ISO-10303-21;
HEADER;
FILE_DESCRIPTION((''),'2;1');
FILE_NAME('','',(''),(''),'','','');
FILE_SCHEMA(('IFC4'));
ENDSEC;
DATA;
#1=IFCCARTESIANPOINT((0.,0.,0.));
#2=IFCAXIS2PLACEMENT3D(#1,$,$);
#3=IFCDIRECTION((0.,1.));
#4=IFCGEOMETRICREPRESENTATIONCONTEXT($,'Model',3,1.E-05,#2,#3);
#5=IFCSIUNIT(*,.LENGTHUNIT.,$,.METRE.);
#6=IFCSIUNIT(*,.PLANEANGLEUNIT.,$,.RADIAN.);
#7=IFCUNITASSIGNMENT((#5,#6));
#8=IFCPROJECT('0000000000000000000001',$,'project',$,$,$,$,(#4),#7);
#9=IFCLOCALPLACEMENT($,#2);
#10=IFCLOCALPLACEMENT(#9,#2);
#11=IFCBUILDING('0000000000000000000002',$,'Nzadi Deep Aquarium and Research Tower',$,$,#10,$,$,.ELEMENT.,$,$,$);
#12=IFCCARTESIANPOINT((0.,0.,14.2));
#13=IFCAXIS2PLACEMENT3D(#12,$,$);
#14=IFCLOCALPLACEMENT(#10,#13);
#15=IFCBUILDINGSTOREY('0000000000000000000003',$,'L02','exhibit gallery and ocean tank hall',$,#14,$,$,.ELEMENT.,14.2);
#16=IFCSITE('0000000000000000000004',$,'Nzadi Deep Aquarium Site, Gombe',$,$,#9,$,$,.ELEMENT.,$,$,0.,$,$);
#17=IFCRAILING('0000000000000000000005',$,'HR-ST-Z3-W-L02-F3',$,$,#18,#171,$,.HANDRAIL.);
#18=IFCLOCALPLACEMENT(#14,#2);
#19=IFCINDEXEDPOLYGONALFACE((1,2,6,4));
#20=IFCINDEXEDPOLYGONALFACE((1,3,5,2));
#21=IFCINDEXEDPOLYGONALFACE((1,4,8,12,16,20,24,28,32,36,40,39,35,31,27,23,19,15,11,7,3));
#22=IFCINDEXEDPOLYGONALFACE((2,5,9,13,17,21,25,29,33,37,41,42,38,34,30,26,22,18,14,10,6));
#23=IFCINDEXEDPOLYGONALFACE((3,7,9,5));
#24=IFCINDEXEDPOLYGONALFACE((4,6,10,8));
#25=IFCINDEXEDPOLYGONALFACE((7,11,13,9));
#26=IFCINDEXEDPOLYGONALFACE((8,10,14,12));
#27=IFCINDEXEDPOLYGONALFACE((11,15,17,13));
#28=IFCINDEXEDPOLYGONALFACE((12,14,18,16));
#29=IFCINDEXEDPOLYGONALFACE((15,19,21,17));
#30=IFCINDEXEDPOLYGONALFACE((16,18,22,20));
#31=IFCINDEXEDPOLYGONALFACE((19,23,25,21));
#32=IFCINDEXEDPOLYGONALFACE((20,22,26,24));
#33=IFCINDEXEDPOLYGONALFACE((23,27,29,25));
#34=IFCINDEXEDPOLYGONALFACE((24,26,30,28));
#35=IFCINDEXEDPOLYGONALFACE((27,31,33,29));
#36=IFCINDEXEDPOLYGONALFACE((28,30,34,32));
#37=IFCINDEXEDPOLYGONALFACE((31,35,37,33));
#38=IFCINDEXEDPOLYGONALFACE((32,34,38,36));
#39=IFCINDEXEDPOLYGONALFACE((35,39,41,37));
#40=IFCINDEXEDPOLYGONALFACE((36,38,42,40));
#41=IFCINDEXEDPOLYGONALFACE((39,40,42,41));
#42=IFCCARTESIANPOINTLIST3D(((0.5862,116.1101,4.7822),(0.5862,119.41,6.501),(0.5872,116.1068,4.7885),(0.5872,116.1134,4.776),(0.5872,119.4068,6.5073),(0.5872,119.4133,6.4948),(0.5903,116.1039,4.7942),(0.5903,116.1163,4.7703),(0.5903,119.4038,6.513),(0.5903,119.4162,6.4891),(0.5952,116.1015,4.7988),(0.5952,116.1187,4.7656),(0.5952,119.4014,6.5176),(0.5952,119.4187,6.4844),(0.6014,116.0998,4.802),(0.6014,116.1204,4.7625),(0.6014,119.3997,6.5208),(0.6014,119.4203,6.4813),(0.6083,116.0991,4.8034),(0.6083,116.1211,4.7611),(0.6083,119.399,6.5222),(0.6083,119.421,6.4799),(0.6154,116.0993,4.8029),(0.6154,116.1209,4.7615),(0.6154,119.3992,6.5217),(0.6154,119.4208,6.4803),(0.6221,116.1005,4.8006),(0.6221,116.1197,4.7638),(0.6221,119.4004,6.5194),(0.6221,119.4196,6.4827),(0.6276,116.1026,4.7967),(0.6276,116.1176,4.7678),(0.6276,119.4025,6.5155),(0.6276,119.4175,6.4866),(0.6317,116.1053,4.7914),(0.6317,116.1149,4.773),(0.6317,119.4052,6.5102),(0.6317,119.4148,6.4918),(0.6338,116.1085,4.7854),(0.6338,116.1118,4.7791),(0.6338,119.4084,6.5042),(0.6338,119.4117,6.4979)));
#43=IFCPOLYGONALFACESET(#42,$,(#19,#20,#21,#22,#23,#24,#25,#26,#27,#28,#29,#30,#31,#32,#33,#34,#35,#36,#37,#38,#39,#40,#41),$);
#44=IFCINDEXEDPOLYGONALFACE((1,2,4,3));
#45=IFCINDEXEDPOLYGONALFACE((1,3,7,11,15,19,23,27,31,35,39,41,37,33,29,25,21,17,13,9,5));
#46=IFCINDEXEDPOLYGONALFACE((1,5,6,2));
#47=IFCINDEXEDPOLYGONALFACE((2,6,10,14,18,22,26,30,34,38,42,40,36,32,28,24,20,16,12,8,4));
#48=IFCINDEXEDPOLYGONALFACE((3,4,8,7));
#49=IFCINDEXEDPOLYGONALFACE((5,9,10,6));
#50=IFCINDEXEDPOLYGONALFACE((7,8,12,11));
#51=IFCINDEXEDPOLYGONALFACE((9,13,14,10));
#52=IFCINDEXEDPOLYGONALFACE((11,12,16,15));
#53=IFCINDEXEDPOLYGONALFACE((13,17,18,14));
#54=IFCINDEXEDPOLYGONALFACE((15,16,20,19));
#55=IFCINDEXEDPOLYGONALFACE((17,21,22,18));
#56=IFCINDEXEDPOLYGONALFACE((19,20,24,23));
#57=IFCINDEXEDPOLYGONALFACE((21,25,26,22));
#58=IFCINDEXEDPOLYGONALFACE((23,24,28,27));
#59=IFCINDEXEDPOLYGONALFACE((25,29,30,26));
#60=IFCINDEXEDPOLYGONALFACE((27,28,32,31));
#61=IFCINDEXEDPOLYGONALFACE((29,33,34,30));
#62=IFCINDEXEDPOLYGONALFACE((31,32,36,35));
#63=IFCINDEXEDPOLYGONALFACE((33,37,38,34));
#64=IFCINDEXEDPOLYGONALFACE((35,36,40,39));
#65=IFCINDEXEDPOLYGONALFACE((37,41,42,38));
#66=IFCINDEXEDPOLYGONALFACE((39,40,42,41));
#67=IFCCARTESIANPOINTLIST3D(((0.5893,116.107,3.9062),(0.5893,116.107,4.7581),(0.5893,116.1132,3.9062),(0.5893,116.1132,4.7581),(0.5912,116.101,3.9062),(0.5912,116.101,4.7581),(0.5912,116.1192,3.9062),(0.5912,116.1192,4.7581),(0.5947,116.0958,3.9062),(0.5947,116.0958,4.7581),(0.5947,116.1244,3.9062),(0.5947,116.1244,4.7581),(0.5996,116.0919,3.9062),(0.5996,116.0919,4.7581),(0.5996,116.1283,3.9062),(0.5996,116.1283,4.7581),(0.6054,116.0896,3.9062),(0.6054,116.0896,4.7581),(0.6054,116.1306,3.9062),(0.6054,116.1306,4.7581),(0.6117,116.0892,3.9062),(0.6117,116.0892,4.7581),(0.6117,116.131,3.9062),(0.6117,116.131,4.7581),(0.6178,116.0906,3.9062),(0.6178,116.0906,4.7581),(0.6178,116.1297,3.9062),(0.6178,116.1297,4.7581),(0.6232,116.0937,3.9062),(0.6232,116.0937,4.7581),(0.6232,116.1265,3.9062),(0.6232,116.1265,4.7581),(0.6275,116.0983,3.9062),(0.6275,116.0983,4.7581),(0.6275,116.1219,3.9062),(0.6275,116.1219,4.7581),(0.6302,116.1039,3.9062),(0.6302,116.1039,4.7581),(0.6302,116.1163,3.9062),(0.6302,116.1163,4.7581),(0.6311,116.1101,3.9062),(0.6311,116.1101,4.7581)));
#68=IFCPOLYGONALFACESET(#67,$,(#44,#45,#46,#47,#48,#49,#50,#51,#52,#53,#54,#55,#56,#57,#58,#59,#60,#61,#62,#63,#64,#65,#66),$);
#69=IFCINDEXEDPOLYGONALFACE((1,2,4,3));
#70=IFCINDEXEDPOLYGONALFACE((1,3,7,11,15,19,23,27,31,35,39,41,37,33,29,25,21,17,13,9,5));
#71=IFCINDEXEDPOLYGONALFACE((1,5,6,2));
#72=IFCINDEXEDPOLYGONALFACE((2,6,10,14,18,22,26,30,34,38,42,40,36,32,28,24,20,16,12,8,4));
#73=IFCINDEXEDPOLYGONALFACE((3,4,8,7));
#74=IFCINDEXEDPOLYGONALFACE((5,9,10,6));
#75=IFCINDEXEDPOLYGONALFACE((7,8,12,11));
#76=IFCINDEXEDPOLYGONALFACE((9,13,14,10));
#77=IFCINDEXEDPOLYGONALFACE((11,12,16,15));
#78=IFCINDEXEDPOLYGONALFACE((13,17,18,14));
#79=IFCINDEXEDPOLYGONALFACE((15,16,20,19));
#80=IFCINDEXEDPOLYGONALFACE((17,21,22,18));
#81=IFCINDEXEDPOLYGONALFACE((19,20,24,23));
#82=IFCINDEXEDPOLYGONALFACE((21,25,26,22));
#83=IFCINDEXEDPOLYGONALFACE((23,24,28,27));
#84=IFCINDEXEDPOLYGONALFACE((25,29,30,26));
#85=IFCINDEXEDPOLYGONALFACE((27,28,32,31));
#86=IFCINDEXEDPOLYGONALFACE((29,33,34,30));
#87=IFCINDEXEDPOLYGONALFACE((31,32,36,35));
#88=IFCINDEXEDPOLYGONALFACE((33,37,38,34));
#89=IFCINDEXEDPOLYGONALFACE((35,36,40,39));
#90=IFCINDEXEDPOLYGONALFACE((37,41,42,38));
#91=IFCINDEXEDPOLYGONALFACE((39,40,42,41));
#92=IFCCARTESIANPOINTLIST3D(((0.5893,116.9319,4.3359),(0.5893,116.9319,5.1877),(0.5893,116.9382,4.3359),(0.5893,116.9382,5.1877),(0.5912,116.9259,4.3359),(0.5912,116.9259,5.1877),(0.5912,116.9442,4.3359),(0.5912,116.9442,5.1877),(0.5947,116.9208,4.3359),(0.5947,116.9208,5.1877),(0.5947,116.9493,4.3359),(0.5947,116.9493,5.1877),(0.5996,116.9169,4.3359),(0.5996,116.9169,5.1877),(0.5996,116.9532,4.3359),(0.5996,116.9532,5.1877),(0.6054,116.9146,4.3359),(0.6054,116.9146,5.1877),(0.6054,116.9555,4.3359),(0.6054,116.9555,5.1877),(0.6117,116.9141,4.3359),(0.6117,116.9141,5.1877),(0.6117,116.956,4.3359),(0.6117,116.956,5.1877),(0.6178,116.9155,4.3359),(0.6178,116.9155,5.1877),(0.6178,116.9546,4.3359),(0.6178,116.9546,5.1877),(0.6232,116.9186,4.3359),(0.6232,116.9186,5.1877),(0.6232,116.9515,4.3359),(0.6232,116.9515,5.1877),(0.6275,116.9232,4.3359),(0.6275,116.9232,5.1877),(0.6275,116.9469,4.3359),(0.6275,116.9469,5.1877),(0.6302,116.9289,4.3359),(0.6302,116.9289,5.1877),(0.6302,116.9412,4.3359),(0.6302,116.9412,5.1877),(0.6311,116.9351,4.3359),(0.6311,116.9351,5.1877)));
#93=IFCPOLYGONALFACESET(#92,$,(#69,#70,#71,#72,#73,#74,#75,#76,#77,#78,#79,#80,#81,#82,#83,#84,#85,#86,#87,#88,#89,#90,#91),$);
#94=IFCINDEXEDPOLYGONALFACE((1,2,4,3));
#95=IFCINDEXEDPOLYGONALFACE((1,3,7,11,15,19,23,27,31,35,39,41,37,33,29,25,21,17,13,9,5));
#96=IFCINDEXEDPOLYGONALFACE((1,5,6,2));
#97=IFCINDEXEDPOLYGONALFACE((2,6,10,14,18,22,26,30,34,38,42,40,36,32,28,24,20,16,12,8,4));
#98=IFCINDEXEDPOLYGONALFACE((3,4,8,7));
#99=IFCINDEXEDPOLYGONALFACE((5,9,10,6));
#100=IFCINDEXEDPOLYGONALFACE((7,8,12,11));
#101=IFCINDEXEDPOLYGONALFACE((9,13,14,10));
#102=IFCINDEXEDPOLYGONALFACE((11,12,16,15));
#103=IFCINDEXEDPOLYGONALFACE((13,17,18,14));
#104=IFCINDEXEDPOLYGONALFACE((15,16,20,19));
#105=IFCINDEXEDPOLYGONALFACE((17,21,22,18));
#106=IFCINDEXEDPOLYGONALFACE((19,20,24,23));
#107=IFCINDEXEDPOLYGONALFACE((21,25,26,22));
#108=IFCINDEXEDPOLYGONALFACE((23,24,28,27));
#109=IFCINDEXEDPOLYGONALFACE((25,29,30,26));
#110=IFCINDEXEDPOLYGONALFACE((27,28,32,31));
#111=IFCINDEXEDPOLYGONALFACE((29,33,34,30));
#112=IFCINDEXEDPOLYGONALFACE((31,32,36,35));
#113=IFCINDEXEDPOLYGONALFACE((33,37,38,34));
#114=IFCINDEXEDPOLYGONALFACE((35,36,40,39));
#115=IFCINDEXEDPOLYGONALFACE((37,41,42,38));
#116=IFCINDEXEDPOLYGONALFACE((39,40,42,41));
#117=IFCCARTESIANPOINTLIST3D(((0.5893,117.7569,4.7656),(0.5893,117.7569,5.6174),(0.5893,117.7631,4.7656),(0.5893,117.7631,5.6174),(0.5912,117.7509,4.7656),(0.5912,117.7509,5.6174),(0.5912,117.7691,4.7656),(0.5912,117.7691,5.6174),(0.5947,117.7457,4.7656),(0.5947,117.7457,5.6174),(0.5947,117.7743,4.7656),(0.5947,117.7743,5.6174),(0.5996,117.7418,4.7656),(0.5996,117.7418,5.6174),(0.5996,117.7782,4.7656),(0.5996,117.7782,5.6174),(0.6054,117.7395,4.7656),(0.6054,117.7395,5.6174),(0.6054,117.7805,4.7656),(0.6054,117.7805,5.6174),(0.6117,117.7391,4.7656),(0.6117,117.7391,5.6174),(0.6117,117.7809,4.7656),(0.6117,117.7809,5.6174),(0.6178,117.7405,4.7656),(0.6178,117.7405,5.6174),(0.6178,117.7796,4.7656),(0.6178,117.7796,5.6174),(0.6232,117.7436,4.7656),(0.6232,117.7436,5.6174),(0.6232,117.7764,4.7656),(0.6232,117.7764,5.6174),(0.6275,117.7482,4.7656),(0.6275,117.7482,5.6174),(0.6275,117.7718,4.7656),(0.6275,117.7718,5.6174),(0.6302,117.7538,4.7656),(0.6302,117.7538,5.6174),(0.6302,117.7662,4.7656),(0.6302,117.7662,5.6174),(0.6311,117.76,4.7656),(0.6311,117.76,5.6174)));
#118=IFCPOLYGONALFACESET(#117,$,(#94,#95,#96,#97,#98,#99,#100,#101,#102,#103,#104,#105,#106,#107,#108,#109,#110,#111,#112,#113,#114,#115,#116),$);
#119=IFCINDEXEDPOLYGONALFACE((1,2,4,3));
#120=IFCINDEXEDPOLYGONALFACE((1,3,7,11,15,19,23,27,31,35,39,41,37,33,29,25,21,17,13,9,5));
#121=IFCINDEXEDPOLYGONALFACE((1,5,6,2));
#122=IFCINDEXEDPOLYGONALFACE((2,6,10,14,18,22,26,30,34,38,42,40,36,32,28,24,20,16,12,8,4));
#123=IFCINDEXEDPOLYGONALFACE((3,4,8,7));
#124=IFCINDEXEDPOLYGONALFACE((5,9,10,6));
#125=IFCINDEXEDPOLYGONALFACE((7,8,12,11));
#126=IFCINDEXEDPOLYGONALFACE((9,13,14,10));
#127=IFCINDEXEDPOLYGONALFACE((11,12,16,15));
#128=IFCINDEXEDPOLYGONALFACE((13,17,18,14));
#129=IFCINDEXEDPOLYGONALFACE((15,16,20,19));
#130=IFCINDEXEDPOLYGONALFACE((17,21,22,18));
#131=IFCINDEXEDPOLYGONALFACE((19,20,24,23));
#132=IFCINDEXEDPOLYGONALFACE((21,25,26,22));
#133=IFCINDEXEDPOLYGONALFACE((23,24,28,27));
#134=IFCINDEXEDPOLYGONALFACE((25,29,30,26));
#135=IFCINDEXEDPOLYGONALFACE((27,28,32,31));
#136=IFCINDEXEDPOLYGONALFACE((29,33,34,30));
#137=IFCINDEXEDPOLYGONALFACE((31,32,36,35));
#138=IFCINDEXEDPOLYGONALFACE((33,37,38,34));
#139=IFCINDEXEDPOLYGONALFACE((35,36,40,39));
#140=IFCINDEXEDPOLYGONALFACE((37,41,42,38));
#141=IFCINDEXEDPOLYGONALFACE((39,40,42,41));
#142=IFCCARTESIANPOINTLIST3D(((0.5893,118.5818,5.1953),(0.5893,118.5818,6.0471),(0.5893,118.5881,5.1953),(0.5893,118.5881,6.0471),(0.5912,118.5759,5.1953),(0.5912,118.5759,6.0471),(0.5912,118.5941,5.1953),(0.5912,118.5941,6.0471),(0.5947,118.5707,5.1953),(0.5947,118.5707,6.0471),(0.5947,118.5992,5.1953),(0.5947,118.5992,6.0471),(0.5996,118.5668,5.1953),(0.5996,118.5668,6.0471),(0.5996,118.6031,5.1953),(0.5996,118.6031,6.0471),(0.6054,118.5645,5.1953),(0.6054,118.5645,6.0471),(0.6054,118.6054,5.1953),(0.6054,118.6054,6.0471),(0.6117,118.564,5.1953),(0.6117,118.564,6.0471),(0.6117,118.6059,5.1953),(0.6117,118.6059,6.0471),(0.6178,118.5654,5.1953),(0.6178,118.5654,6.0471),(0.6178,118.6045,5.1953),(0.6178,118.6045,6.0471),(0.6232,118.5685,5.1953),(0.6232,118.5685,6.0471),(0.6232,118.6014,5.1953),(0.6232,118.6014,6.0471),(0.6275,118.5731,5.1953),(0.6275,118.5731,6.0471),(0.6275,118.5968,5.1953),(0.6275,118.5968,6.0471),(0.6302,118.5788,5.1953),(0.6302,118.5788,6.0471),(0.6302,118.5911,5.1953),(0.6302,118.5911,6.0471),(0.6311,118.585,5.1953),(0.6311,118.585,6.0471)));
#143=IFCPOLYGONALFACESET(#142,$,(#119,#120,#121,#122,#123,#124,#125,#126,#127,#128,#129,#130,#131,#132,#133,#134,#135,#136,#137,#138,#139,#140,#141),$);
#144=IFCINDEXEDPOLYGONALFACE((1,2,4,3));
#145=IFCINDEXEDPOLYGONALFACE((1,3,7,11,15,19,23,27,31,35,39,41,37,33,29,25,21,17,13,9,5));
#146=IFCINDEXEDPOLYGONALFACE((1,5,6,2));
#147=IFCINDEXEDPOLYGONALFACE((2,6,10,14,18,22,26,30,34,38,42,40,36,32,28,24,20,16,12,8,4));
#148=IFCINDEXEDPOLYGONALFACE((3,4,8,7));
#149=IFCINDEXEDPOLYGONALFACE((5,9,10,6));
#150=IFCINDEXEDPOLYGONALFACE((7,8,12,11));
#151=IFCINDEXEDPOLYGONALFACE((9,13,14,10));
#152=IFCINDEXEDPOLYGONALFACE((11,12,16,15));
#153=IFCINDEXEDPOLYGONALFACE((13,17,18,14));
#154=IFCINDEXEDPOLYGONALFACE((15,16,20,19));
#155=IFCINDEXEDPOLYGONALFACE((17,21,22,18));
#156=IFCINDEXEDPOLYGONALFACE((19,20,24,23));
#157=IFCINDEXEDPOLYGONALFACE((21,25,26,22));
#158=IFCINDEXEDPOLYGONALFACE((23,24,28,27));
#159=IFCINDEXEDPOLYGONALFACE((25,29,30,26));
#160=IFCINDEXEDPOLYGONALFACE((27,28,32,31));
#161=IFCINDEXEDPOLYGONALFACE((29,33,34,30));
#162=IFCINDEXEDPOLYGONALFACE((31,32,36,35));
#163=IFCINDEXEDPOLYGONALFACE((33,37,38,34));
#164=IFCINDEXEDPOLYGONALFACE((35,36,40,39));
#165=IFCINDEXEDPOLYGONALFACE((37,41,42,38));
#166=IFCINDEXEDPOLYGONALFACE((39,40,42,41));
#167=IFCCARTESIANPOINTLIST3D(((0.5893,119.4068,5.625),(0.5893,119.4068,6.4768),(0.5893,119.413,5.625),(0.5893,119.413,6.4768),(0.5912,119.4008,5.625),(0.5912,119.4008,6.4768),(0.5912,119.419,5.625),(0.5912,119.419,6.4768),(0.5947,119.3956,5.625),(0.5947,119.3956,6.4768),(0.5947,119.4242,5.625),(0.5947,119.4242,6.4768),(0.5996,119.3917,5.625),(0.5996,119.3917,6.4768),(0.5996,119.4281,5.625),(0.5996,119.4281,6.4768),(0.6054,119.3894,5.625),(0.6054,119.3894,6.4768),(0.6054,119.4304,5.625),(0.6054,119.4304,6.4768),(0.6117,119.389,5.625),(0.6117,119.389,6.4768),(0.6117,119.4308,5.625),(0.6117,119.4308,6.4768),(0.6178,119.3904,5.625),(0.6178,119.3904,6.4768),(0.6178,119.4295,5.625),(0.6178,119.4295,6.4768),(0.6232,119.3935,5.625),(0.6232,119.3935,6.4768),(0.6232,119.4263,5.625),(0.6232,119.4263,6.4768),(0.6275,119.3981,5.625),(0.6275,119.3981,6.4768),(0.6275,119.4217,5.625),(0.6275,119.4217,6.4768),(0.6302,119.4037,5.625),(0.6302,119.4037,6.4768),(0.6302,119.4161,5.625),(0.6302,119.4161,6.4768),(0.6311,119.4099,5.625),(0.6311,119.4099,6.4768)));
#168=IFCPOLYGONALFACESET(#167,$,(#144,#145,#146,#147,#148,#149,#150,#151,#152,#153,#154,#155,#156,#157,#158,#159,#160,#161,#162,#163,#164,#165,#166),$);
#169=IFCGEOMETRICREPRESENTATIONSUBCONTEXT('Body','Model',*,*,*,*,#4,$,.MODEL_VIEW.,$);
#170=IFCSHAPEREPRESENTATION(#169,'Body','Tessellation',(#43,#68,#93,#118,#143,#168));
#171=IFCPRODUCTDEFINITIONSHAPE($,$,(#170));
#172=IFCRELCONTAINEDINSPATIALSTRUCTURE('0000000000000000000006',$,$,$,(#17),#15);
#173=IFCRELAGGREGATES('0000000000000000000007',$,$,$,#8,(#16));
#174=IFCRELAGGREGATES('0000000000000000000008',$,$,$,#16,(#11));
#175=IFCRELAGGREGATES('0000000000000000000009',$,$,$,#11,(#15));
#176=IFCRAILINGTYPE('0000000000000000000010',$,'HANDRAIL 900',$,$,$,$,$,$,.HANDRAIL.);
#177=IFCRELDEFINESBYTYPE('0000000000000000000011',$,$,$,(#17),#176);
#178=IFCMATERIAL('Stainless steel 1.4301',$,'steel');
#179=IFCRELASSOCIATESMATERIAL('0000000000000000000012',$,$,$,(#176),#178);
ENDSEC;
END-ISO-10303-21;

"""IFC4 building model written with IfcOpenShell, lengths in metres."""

from ifc_helpers import new_model, si_unit, direction, frame, origin, origin_2d, place, context, subcontext, project, spatial, circle, extrude, material, type_object, element, save


model = new_model("IFC4")

# Units and contexts
model_context = context("Model", 3, precision=1e-05, world=origin(), true_north=direction((0.0, 1.0)))
body_context = subcontext(model_context, "Body", "Model", "MODEL_VIEW")
ifc_project = project(units=[si_unit("LENGTHUNIT", "METRE"), si_unit("PLANEANGLEUNIT", "RADIAN")], contexts=[model_context])

# Site, building, storey
site_placement = place(None, origin())
site = spatial("IfcSite", under=ifc_project, at=site_placement, Name="Nzadi Deep Aquarium Site, Gombe", CompositionType="ELEMENT", RefElevation=0.0)
building_placement = place(site_placement, origin())
building = spatial("IfcBuilding", under=site, at=building_placement, Name="Nzadi Deep Aquarium and Research Tower", CompositionType="ELEMENT")
storey_placement = place(building_placement, frame((0.0, 0.0, 14.2)))
storey = spatial("IfcBuildingStorey", under=building, at=storey_placement, Name="L02", Description="exhibit gallery and ocean tank hall", CompositionType="ELEMENT", Elevation=14.2)

# Railing
ifc_material_1 = material(Name="Stainless steel 1.4301", Category="steel")
railing_type = type_object("IfcRailingType", Name="HANDRAIL 900", PredefinedType="HANDRAIL", material=ifc_material_1)
for number, where, name in (
    (1, (0.6101, 116.1101, 3.9062), "HR-ST-Z3-W-L02-F3"),
):
    element("IfcRailing", number, at=place(storey_placement, frame(where)), inside=storey, type_object=railing_type, Name=name, PredefinedType="HANDRAIL", context=body_context, shape_type="SweptSolid", body=[
        extrude(circle(Radius=0.0239, at=origin_2d()), frame((0.0, 0.0, 0.876), z_axis=(0.0, 0.886903, 0.461956), x_axis=(-1.0, 0.0, 0.0)), (0.0, 0.0, 1.0), 3.7207),
        extrude(circle(Radius=0.021, at=origin_2d()), origin(), (0.0, 0.0, 1.0), 0.8518),
        extrude(circle(Radius=0.021, at=origin_2d()), frame((0.0, 0.825, 0.4297)), (0.0, 0.0, 1.0), 0.8518),
        extrude(circle(Radius=0.021, at=origin_2d()), frame((0.0, 1.6499, 0.8594)), (0.0, 0.0, 1.0), 0.8518),
        extrude(circle(Radius=0.021, at=origin_2d()), frame((0.0, 2.4749, 1.2891)), (0.0, 0.0, 1.0), 0.8518),
        extrude(circle(Radius=0.021, at=origin_2d()), frame((0.0, 3.2998, 1.7188)), (0.0, 0.0, 1.0), 0.8518),
    ])

save(model, "model.ifc")
